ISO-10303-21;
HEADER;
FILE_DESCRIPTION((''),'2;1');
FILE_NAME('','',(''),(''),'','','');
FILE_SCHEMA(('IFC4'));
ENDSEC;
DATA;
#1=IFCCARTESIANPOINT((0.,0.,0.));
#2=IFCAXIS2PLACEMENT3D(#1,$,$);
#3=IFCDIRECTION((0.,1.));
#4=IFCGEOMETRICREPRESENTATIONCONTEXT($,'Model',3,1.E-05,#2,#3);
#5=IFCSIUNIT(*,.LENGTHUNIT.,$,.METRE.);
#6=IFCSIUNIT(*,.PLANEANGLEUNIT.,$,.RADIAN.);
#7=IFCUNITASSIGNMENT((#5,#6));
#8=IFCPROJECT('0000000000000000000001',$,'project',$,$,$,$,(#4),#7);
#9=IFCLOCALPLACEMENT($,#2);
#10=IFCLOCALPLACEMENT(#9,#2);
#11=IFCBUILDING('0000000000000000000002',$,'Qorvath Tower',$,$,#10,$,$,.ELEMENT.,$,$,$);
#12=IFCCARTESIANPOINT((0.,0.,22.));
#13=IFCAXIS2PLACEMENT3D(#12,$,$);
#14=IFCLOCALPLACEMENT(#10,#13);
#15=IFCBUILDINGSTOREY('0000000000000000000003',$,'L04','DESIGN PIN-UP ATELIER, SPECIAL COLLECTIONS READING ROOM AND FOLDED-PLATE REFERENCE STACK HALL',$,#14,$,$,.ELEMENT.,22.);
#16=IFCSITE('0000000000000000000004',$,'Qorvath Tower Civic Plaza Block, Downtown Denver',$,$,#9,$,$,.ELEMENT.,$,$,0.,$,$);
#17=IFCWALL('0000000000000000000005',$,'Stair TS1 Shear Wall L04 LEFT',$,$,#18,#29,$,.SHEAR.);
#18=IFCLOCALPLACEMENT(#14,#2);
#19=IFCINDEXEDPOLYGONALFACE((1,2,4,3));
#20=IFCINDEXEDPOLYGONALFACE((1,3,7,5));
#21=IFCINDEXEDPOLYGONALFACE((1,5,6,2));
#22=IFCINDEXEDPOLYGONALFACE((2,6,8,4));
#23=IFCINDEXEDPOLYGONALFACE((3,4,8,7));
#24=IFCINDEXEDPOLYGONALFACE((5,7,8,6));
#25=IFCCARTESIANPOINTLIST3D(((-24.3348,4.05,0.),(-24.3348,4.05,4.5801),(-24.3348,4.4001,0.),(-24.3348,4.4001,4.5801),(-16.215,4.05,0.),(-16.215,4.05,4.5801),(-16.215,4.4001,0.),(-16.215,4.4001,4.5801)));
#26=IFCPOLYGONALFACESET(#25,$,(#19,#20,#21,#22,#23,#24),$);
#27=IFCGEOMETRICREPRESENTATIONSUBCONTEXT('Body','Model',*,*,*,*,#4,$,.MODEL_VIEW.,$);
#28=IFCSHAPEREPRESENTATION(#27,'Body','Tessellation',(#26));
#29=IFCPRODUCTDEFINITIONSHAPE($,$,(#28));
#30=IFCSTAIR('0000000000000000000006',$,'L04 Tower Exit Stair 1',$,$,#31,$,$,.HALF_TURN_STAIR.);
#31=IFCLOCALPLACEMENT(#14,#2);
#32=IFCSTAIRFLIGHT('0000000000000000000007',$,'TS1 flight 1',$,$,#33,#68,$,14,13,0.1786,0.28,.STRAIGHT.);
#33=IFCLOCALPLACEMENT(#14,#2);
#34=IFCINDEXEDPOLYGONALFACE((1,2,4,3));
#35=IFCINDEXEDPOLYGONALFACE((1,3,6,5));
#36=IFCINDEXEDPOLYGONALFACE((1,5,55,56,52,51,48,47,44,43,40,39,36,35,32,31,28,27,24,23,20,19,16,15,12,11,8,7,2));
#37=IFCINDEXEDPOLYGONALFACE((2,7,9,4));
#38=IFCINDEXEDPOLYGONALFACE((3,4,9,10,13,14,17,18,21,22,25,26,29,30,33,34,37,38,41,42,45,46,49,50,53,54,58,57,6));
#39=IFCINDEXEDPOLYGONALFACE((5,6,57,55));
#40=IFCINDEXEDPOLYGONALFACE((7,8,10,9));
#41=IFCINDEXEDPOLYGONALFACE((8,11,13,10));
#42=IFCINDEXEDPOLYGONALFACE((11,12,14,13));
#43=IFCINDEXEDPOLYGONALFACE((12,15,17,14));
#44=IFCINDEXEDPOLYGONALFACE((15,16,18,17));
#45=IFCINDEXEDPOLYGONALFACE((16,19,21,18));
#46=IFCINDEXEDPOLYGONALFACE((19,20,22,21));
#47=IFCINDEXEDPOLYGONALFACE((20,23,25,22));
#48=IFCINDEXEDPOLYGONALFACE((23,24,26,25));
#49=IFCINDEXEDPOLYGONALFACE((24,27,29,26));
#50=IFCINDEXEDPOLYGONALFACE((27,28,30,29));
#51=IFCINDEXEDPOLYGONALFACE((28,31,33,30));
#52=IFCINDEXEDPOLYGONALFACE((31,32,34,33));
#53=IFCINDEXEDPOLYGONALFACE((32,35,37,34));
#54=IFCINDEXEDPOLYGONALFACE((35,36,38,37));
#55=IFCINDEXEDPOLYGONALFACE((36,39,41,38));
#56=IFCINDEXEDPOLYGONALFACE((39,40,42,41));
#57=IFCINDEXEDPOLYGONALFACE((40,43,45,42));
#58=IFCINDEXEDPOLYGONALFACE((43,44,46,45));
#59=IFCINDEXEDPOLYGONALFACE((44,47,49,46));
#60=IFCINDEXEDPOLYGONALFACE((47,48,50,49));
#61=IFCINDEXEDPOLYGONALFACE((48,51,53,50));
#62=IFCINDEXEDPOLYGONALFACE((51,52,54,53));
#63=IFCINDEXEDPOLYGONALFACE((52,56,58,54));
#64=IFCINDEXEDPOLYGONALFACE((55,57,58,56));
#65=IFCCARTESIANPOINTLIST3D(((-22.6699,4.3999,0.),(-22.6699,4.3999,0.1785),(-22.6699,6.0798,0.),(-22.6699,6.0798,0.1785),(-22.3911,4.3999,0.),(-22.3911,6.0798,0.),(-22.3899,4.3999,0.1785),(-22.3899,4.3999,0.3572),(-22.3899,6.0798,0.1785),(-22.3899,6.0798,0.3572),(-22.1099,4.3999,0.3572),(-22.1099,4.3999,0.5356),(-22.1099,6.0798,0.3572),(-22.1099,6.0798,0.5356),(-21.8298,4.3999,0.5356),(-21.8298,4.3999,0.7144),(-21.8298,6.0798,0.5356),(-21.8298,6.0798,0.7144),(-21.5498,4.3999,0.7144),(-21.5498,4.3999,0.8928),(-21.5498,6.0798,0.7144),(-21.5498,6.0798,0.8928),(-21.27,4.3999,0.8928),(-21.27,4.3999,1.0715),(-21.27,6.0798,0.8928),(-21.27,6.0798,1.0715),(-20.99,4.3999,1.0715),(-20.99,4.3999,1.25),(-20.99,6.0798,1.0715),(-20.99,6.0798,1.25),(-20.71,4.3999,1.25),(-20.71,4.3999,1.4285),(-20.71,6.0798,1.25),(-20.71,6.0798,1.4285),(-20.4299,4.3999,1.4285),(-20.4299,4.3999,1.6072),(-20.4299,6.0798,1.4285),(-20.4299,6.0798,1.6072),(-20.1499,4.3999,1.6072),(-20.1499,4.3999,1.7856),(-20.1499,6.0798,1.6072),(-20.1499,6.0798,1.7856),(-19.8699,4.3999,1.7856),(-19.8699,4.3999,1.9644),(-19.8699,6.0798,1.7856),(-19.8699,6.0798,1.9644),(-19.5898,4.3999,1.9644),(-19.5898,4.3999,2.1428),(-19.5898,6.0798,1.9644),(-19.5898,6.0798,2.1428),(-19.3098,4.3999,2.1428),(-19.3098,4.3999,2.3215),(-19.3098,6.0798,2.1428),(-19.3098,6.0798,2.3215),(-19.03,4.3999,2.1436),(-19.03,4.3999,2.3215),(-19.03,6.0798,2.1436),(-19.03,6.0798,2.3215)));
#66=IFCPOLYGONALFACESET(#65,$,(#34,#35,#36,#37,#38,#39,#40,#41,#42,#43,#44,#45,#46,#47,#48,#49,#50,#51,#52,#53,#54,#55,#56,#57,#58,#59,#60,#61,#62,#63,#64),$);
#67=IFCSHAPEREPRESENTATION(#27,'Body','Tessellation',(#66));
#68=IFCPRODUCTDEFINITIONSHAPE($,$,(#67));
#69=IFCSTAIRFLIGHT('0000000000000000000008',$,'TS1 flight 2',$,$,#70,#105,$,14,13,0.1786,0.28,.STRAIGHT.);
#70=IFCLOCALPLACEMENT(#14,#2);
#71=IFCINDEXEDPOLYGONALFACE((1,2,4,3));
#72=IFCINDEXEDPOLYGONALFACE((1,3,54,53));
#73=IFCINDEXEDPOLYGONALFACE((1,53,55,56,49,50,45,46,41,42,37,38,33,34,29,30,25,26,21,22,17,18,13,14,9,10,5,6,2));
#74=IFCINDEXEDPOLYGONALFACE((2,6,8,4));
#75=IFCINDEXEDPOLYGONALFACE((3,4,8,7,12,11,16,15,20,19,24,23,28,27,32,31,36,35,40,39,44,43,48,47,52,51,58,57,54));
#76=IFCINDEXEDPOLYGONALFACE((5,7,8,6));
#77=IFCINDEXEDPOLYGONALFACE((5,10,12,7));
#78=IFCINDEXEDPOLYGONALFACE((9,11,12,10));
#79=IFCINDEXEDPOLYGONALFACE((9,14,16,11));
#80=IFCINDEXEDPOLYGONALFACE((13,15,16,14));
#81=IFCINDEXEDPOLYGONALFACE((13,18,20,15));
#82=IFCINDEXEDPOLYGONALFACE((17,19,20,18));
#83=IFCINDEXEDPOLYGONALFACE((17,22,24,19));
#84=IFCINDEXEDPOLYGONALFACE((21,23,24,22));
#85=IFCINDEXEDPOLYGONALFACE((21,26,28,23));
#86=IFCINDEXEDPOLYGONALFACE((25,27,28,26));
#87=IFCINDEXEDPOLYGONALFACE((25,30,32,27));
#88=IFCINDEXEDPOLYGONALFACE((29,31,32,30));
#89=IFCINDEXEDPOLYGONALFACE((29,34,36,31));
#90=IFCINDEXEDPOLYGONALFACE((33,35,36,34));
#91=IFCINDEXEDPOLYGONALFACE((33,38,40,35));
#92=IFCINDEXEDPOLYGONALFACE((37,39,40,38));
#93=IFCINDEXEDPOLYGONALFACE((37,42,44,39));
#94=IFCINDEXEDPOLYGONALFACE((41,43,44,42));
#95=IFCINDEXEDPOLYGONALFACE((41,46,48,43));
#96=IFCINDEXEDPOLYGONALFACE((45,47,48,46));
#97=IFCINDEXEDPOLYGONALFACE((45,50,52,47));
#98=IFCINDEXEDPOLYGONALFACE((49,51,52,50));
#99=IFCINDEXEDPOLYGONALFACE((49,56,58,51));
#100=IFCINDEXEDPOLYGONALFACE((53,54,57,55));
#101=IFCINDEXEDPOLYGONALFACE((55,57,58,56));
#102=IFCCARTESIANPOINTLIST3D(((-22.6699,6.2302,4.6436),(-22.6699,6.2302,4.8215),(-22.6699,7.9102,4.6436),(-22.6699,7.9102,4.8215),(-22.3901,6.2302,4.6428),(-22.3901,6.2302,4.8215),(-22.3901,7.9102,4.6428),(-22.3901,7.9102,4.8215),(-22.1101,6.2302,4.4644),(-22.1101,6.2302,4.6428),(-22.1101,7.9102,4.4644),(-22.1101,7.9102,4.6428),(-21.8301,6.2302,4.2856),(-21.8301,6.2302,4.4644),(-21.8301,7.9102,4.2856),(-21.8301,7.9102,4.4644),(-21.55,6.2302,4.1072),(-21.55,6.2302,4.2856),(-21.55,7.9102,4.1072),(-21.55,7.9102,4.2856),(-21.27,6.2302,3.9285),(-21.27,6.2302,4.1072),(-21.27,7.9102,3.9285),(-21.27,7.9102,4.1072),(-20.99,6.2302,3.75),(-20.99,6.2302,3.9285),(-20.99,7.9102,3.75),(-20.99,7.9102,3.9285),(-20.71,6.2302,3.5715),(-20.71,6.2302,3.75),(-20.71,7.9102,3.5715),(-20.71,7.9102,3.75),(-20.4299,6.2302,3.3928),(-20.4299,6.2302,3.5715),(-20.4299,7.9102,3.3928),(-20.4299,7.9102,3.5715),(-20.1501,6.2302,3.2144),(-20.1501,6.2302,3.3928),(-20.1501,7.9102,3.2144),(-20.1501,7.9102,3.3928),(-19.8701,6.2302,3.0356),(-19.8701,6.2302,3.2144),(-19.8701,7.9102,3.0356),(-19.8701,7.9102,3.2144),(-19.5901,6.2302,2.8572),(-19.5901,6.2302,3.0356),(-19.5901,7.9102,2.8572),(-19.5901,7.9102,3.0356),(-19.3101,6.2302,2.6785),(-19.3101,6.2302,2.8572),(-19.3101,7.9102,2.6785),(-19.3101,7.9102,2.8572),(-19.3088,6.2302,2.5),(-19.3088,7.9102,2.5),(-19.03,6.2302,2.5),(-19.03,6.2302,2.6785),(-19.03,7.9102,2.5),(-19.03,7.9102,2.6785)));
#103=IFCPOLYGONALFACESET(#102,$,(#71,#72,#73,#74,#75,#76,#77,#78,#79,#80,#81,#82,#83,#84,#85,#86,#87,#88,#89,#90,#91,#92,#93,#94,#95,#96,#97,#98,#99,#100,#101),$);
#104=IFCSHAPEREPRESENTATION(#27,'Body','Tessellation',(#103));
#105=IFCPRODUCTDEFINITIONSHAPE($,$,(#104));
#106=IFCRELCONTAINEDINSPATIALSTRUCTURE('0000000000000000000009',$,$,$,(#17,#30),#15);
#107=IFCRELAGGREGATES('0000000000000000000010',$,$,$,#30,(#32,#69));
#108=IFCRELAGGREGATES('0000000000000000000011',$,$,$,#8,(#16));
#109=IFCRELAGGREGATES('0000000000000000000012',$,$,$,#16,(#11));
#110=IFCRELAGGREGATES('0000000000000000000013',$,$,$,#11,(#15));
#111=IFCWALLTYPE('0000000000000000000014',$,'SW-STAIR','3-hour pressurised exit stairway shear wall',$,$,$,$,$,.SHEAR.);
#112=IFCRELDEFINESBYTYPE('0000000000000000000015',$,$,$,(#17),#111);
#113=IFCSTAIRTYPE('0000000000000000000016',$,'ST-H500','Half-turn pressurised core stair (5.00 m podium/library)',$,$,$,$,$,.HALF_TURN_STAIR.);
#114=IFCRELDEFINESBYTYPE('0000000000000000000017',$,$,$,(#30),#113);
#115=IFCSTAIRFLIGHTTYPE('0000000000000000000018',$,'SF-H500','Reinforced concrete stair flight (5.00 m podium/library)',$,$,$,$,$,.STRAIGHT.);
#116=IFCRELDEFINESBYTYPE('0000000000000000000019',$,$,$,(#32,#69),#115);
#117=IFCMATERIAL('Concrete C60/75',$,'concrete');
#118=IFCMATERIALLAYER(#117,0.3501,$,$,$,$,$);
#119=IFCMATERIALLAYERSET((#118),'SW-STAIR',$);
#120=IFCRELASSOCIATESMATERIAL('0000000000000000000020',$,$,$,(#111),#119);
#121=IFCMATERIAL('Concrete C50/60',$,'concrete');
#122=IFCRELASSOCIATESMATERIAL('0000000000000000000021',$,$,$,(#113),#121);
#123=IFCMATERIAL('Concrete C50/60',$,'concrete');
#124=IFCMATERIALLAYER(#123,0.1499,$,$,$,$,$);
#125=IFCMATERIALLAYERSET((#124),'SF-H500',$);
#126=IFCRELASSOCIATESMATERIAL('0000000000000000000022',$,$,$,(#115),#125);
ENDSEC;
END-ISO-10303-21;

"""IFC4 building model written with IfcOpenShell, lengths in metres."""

from ifc_helpers import new_model, si_unit, direction, frame, frame_2d, origin, place, context, subcontext, project, spatial, polyline, rectangle, outline, extrude, material, layer, layer_set, type_object, element, aggregate, save


model = new_model("IFC4")

# Units and contexts
model_context = context("Model", 3, precision=1e-05, world=origin(), true_north=direction((0.0, 1.0)))
body_context = subcontext(model_context, "Body", "Model", "MODEL_VIEW")
ifc_project = project(units=[si_unit("LENGTHUNIT", "METRE"), si_unit("PLANEANGLEUNIT", "RADIAN")], contexts=[model_context])

# Site, building, storey
site_placement = place(None, origin())
site = spatial("IfcSite", under=ifc_project, at=site_placement, Name="Qorvath Tower Civic Plaza Block, Downtown Denver", CompositionType="ELEMENT", RefElevation=0.0)
building_placement = place(site_placement, origin())
building = spatial("IfcBuilding", under=site, at=building_placement, Name="Qorvath Tower", CompositionType="ELEMENT")
storey_placement = place(building_placement, frame((0.0, 0.0, 22.0)))
storey = spatial("IfcBuildingStorey", under=building, at=storey_placement, Name="L04", Description="DESIGN PIN-UP ATELIER, SPECIAL COLLECTIONS READING ROOM AND FOLDED-PLATE REFERENCE STACK HALL", CompositionType="ELEMENT", Elevation=22.0)

# Wall
ifc_material_1 = material(Name="Concrete C60/75", Category="concrete")
ifc_layer_1 = layer(ifc_material_1, 0.3501)
ifc_layer_set_1 = layer_set([ifc_layer_1], Name="SW-STAIR")
wall_type_1 = type_object("IfcWallType", Name="SW-STAIR", Description="3-hour pressurised exit stairway shear wall", PredefinedType="SHEAR", material=ifc_layer_set_1)
wall_1_placement = place(storey_placement, frame((-24.335, 4.2251, 0.0), z_axis=(0.0, 0.0, 1.0), x_axis=(1.0, 0.0, 0.0)))
element("IfcWall", 1, at=wall_1_placement, inside=storey, type_object=wall_type_1, Name="Stair TS1 Shear Wall L04 LEFT", PredefinedType="SHEAR", context=body_context, shape_type="SweptSolid", body=[
    extrude(rectangle(XDim=8.1199, YDim=0.3501, at=frame_2d((4.0601, 0.0))), origin(), (0.0, 0.0, 1.0), 4.5801),
])

# Stair, stair flights
ifc_material_2 = material(Name="Concrete C50/60", Category="concrete")
stair_type = type_object("IfcStairType", Name="ST-H500", Description="Half-turn pressurised core stair (5.00 m podium/library)", PredefinedType="HALF_TURN_STAIR", material=ifc_material_2)
stair_placement = place(storey_placement, origin())
stair = element("IfcStair", 2, at=stair_placement, inside=storey, type_object=stair_type, Name="L04 Tower Exit Stair 1", PredefinedType="HALF_TURN_STAIR")
ifc_material_3 = material(Name="Concrete C50/60", Category="concrete")
ifc_layer_2 = layer(ifc_material_3, 0.1499)
ifc_layer_set_2 = layer_set([ifc_layer_2], Name="SF-H500")
stair_flight_type = type_object("IfcStairFlightType", Name="SF-H500", Description="Reinforced concrete stair flight (5.00 m podium/library)", PredefinedType="STRAIGHT", material=ifc_layer_set_2)
stair_flight_1_placement = place(storey_placement, frame((-22.6699, 5.24, 0.0), z_axis=(0.0, 0.0, 1.0), x_axis=(1.0, 0.0, 0.0)))
stair_flight_1 = element("IfcStairFlight", 3, at=stair_flight_1_placement, type_object=stair_flight_type, Name="TS1 flight 1", NumberOfRisers=14, NumberOfTreads=13, PredefinedType="STRAIGHT", RiserHeight=0.1786, TreadLength=0.28, context=body_context, shape_type="SweptSolid", body=[
    extrude(outline(polyline([(0.0, 0.0), (0.0, 0.1785), (0.28, 0.1785), (0.28, 0.3572), (0.5601, 0.3572), (0.5601, 0.5356), (0.8401, 0.5356), (0.8401, 0.7144), (1.1201, 0.7144), (1.1201, 0.8928), (1.3999, 0.8928), (1.3999, 1.0715), (1.6799, 1.0715), (1.6799, 1.25), (1.96, 1.25), (1.96, 1.4285), (2.24, 1.4285), (2.24, 1.6072), (2.52, 1.6072), (2.52, 1.7856), (2.8, 1.7856), (2.8, 1.9644), (3.0801, 1.9644), (3.0801, 2.1428), (3.3601, 2.1428), (3.3601, 2.3215), (3.6399, 2.3215), (3.6399, 2.5), (3.6399, 2.1436), (0.2788, 0.0), (0.0, 0.0)])), frame((0.0, 0.8398, 0.0), z_axis=(0.0, -1.0, 0.0), x_axis=(1.0, 0.0, 0.0)), (0.0, 0.0, 1.0), 1.6799),
])
stair_flight_2_placement = place(storey_placement, frame((-19.03, 7.0701, 2.5), z_axis=(0.0, 0.0, 1.0), x_axis=(-1.0, 0.0, 0.0)))
stair_flight_2 = element("IfcStairFlight", 4, at=stair_flight_2_placement, type_object=stair_flight_type, Name="TS1 flight 2", NumberOfRisers=14, NumberOfTreads=13, PredefinedType="STRAIGHT", RiserHeight=0.1786, TreadLength=0.28, context=body_context, shape_type="SweptSolid", body=[
    extrude(outline(polyline([(0.0, 0.0), (0.0, 0.1785), (0.28, 0.1785), (0.28, 0.3572), (0.5601, 0.3572), (0.5601, 0.5356), (0.8401, 0.5356), (0.8401, 0.7144), (1.1201, 0.7144), (1.1201, 0.8928), (1.3999, 0.8928), (1.3999, 1.0715), (1.6799, 1.0715), (1.6799, 1.25), (1.96, 1.25), (1.96, 1.4285), (2.24, 1.4285), (2.24, 1.6072), (2.52, 1.6072), (2.52, 1.7856), (2.8, 1.7856), (2.8, 1.9644), (3.0801, 1.9644), (3.0801, 2.1428), (3.3601, 2.1428), (3.3601, 2.3215), (3.6399, 2.3215), (3.6399, 2.5), (3.6399, 2.1436), (0.2788, 0.0), (0.0, 0.0)])), frame((0.0, 0.8398, 0.0), z_axis=(0.0, -1.0, 0.0), x_axis=(1.0, 0.0, 0.0)), (0.0, 0.0, 1.0), 1.6799),
])
aggregate(stair, [stair_flight_1, stair_flight_2])

save(model, "model.ifc")
